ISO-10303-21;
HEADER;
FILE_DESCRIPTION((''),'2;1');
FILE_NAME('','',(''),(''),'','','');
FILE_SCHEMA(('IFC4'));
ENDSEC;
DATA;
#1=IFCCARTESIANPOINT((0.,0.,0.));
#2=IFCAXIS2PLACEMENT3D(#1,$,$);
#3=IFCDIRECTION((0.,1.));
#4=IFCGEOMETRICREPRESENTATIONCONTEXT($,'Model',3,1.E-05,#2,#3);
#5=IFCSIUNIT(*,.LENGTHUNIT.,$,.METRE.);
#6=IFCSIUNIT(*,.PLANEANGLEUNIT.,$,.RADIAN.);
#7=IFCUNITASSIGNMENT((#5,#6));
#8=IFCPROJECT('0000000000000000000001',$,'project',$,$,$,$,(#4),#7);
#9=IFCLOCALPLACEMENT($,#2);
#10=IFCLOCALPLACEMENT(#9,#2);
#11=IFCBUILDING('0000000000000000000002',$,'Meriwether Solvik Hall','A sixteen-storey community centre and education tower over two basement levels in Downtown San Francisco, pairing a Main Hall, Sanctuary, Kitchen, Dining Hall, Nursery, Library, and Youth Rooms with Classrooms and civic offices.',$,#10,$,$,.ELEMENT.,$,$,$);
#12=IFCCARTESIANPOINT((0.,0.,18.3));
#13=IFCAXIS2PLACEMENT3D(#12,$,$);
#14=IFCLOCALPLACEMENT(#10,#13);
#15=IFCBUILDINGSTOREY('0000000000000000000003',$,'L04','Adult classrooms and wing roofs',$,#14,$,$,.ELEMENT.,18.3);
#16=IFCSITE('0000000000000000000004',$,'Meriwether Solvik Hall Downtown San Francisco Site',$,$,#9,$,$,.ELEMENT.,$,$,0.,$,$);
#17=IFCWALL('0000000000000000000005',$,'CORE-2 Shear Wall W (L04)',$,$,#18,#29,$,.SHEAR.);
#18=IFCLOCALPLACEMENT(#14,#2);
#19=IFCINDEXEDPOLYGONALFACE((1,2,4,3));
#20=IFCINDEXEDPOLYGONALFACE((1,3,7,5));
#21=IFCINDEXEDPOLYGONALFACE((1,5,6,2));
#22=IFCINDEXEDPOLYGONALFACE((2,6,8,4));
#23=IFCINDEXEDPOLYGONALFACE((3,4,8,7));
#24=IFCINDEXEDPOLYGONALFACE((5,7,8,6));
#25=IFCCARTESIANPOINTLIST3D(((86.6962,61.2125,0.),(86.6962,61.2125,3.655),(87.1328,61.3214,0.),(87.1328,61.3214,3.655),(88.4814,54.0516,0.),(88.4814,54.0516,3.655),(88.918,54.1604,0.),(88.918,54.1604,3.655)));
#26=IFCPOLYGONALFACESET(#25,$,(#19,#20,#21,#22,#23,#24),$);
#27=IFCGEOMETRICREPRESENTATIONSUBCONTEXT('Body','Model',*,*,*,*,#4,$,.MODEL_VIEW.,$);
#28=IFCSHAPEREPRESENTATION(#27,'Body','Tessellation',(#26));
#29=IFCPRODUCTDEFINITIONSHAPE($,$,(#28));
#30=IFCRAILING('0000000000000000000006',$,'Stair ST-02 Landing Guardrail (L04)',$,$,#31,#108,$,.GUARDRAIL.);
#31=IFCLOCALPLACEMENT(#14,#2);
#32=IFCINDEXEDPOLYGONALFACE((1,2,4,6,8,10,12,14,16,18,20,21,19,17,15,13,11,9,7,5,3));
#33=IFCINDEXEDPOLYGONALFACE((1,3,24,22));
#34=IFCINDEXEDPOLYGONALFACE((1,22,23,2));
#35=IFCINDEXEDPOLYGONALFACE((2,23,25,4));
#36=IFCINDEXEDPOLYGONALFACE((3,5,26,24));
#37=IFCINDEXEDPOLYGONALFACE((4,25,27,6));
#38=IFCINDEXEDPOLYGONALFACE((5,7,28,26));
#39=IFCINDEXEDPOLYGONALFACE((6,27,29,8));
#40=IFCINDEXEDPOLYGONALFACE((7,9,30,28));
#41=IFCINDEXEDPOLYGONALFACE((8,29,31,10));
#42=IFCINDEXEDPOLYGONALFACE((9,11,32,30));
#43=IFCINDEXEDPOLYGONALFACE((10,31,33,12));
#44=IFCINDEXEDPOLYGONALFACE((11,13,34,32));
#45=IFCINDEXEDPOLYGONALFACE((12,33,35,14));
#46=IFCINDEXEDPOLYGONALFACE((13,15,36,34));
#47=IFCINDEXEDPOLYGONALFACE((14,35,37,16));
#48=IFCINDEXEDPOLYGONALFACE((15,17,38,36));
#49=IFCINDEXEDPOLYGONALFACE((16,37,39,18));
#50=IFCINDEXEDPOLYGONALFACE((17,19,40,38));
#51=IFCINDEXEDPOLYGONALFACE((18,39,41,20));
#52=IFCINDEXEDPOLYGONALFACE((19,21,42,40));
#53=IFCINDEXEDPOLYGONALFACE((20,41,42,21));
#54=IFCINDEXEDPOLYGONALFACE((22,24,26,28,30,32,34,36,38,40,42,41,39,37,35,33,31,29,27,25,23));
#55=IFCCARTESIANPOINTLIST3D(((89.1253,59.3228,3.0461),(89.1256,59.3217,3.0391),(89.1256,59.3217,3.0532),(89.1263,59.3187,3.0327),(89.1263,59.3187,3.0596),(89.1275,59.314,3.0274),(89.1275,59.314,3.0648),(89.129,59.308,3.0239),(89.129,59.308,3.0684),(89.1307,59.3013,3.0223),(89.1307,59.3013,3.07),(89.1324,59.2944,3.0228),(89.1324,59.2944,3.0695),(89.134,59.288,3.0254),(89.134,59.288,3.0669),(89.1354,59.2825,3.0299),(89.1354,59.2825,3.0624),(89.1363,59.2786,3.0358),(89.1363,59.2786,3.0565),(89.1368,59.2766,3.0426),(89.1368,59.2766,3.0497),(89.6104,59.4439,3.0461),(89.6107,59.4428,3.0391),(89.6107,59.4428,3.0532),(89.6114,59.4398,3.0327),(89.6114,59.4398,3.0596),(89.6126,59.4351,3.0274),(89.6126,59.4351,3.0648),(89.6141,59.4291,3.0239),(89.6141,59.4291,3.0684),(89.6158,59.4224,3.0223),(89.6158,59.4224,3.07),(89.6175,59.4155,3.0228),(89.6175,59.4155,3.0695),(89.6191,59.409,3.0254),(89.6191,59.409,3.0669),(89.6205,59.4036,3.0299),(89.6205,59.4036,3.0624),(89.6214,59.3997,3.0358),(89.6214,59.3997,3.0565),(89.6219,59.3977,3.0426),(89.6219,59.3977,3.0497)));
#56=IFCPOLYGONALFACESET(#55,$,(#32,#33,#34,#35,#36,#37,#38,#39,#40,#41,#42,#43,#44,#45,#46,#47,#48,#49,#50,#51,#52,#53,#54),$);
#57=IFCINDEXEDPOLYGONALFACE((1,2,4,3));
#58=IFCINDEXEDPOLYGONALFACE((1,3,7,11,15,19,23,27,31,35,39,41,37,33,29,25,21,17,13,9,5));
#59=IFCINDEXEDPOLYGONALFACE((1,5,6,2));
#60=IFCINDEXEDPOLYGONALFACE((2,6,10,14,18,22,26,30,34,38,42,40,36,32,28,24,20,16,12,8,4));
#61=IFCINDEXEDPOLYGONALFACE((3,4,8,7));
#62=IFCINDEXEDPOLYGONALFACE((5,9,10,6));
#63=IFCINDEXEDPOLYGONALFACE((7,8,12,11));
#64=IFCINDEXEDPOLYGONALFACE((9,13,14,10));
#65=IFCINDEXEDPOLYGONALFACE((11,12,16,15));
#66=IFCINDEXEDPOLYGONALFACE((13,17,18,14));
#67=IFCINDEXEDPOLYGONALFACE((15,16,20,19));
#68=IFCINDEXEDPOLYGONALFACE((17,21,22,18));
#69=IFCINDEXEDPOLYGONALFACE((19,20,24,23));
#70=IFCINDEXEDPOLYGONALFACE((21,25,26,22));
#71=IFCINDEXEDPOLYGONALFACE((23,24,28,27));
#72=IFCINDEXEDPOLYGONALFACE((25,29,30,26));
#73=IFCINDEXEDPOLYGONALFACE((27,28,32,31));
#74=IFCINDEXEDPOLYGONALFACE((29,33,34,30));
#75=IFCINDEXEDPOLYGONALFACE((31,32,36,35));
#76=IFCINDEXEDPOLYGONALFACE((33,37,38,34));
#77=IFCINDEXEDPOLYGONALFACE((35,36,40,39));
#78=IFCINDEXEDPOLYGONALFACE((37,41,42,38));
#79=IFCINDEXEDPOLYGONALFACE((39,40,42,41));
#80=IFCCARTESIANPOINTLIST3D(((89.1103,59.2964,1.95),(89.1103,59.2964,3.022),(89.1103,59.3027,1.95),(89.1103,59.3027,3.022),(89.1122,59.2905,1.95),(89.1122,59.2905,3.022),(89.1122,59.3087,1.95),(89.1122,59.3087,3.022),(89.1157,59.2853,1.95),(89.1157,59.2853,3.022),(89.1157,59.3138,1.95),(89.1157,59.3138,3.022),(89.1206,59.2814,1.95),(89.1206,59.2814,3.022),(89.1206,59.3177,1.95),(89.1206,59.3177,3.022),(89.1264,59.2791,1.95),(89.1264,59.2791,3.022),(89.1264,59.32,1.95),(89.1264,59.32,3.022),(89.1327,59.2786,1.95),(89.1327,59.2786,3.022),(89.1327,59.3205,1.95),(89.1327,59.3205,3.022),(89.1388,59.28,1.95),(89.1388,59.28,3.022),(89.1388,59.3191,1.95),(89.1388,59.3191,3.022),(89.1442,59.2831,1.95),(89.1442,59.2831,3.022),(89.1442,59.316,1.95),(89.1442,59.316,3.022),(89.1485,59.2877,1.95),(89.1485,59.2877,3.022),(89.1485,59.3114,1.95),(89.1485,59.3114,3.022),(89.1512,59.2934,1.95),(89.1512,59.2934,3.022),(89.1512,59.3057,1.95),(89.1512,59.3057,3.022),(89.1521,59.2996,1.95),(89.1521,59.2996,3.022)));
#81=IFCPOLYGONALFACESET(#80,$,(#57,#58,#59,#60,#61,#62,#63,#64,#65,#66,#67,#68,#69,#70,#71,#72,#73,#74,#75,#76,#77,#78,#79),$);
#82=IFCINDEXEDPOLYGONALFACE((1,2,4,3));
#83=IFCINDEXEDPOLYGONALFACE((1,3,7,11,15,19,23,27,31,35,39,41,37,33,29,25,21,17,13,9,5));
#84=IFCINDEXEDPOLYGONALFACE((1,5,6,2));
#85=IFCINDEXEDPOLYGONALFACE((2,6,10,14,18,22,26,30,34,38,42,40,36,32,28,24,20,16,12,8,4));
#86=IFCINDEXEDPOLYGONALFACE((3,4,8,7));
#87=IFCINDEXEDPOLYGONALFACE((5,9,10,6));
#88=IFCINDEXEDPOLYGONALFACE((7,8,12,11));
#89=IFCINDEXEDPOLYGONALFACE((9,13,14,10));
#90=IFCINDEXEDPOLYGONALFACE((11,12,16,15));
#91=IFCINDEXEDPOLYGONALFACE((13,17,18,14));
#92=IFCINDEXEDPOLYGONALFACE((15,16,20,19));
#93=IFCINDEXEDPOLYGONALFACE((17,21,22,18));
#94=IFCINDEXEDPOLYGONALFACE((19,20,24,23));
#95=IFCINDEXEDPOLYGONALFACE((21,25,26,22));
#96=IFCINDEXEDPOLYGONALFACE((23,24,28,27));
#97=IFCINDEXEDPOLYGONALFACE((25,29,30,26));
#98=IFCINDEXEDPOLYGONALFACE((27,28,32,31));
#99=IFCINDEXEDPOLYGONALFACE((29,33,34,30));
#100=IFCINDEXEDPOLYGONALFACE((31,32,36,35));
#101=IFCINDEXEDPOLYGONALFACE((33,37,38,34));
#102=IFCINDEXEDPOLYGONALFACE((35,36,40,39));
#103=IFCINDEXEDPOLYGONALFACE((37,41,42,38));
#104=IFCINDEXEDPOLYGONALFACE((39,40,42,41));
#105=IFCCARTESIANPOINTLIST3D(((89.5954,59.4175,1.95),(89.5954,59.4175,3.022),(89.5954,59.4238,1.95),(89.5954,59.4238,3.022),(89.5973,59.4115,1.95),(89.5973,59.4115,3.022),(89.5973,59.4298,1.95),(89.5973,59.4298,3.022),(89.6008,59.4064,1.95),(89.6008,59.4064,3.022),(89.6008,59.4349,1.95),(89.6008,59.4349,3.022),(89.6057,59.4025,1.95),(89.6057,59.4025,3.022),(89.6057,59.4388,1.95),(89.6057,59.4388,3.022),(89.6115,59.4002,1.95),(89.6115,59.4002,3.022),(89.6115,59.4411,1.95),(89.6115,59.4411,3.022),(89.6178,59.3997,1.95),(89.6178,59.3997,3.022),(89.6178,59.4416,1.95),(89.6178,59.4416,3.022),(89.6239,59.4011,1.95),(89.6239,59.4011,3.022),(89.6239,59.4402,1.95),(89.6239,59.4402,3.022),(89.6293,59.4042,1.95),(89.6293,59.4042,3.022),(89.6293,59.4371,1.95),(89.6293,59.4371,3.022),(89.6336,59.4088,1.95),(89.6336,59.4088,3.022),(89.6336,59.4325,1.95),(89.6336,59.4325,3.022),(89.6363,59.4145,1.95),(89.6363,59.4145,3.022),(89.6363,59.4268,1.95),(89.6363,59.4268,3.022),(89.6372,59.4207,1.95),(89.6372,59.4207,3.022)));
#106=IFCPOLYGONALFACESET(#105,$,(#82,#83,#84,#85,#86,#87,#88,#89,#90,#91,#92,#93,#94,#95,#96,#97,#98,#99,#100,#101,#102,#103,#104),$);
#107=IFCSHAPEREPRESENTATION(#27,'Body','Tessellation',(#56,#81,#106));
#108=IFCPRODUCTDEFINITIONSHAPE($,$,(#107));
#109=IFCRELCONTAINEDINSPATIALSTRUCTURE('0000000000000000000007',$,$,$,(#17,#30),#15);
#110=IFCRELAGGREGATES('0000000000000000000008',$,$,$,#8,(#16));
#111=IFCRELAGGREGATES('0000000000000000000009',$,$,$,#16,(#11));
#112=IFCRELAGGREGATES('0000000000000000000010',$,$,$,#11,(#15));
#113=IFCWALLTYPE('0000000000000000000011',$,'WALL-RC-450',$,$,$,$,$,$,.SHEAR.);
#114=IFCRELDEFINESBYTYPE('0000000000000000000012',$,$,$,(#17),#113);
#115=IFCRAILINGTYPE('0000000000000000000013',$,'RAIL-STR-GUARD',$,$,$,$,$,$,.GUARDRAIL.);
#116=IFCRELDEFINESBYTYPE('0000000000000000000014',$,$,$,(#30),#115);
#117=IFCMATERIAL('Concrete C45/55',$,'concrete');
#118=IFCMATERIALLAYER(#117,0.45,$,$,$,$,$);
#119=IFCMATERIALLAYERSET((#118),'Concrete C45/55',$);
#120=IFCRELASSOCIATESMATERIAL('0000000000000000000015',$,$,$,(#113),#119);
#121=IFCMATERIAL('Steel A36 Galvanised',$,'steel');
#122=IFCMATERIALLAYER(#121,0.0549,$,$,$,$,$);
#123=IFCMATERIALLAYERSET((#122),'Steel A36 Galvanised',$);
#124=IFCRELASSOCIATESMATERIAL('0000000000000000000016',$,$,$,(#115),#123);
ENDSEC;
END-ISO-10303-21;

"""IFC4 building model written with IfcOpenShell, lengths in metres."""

from ifc_helpers import new_model, si_unit, direction, frame, frame_2d, origin, origin_2d, place, context, subcontext, project, spatial, rectangle, circle, extrude, material, layer, layer_set, type_object, element, save


model = new_model("IFC4")

# Units and contexts
model_context = context("Model", 3, precision=1e-05, world=origin(), true_north=direction((0.0, 1.0)))
body_context = subcontext(model_context, "Body", "Model", "MODEL_VIEW")
ifc_project = project(units=[si_unit("LENGTHUNIT", "METRE"), si_unit("PLANEANGLEUNIT", "RADIAN")], contexts=[model_context])

# Site, building, storey
site_placement = place(None, origin())
site = spatial("IfcSite", under=ifc_project, at=site_placement, Name="Meriwether Solvik Hall Downtown San Francisco Site", CompositionType="ELEMENT", RefElevation=0.0)
building_placement = place(site_placement, origin())
building = spatial("IfcBuilding", under=site, at=building_placement, Name="Meriwether Solvik Hall", Description="A sixteen-storey community centre and education tower over two basement levels in Downtown San Francisco, pairing a Main Hall, Sanctuary, Kitchen, Dining Hall, Nursery, Library, and Youth Rooms with Classrooms and civic offices.", CompositionType="ELEMENT")
storey_placement = place(building_placement, frame((0.0, 0.0, 18.3)))
storey = spatial("IfcBuildingStorey", under=building, at=storey_placement, Name="L04", Description="Adult classrooms and wing roofs", CompositionType="ELEMENT", Elevation=18.3)

# Wall
ifc_material_1 = material(Name="Concrete C45/55", Category="concrete")
ifc_layer_1 = layer(ifc_material_1, 0.45)
ifc_layer_set_1 = layer_set([ifc_layer_1], Name="Concrete C45/55")
wall_type_1 = type_object("IfcWallType", Name="WALL-RC-450", PredefinedType="SHEAR", material=ifc_layer_set_1)
wall_1_placement = place(storey_placement, frame((86.9146, 61.2668, 0.0), z_axis=(0.0, 0.0, 1.0), x_axis=(0.24189, -0.970304, 0.0)))
element("IfcWall", 1, at=wall_1_placement, inside=storey, type_object=wall_type_1, Name="CORE-2 Shear Wall W (L04)", PredefinedType="SHEAR", context=body_context, shape_type="SweptSolid", body=[
    extrude(rectangle(XDim=7.3801, YDim=0.45, at=frame_2d((3.6899, 0.0))), origin(), (0.0, 0.0, 1.0), 3.655),
])

# Railing
ifc_material_2 = material(Name="Steel A36 Galvanised", Category="steel")
ifc_layer_2 = layer(ifc_material_2, 0.0549)
ifc_layer_set_2 = layer_set([ifc_layer_2], Name="Steel A36 Galvanised")
railing_type = type_object("IfcRailingType", Name="RAIL-STR-GUARD", PredefinedType="GUARDRAIL", material=ifc_layer_set_2)
railing_1_placement = place(storey_placement, frame((89.1311, 59.2996, 1.95)))
element("IfcRailing", 2, at=railing_1_placement, inside=storey, type_object=railing_type, Name="Stair ST-02 Landing Guardrail (L04)", PredefinedType="GUARDRAIL", context=body_context, shape_type="SweptSolid", body=[
    extrude(circle(Radius=0.0239, at=origin_2d()), frame((0.0, 0.0, 1.0962), z_axis=(0.970229, 0.242191, 0.0), x_axis=(-0.242191, 0.970229, 0.0)), (0.0, 0.0, 1.0), 0.5),
    extrude(circle(Radius=0.021, at=origin_2d()), origin(), (0.0, 0.0, 1.0), 1.072),
    extrude(circle(Radius=0.021, at=origin_2d()), frame((0.4851, 0.1211, 0.0)), (0.0, 0.0, 1.0), 1.072),
])

save(model, "model.ifc")
